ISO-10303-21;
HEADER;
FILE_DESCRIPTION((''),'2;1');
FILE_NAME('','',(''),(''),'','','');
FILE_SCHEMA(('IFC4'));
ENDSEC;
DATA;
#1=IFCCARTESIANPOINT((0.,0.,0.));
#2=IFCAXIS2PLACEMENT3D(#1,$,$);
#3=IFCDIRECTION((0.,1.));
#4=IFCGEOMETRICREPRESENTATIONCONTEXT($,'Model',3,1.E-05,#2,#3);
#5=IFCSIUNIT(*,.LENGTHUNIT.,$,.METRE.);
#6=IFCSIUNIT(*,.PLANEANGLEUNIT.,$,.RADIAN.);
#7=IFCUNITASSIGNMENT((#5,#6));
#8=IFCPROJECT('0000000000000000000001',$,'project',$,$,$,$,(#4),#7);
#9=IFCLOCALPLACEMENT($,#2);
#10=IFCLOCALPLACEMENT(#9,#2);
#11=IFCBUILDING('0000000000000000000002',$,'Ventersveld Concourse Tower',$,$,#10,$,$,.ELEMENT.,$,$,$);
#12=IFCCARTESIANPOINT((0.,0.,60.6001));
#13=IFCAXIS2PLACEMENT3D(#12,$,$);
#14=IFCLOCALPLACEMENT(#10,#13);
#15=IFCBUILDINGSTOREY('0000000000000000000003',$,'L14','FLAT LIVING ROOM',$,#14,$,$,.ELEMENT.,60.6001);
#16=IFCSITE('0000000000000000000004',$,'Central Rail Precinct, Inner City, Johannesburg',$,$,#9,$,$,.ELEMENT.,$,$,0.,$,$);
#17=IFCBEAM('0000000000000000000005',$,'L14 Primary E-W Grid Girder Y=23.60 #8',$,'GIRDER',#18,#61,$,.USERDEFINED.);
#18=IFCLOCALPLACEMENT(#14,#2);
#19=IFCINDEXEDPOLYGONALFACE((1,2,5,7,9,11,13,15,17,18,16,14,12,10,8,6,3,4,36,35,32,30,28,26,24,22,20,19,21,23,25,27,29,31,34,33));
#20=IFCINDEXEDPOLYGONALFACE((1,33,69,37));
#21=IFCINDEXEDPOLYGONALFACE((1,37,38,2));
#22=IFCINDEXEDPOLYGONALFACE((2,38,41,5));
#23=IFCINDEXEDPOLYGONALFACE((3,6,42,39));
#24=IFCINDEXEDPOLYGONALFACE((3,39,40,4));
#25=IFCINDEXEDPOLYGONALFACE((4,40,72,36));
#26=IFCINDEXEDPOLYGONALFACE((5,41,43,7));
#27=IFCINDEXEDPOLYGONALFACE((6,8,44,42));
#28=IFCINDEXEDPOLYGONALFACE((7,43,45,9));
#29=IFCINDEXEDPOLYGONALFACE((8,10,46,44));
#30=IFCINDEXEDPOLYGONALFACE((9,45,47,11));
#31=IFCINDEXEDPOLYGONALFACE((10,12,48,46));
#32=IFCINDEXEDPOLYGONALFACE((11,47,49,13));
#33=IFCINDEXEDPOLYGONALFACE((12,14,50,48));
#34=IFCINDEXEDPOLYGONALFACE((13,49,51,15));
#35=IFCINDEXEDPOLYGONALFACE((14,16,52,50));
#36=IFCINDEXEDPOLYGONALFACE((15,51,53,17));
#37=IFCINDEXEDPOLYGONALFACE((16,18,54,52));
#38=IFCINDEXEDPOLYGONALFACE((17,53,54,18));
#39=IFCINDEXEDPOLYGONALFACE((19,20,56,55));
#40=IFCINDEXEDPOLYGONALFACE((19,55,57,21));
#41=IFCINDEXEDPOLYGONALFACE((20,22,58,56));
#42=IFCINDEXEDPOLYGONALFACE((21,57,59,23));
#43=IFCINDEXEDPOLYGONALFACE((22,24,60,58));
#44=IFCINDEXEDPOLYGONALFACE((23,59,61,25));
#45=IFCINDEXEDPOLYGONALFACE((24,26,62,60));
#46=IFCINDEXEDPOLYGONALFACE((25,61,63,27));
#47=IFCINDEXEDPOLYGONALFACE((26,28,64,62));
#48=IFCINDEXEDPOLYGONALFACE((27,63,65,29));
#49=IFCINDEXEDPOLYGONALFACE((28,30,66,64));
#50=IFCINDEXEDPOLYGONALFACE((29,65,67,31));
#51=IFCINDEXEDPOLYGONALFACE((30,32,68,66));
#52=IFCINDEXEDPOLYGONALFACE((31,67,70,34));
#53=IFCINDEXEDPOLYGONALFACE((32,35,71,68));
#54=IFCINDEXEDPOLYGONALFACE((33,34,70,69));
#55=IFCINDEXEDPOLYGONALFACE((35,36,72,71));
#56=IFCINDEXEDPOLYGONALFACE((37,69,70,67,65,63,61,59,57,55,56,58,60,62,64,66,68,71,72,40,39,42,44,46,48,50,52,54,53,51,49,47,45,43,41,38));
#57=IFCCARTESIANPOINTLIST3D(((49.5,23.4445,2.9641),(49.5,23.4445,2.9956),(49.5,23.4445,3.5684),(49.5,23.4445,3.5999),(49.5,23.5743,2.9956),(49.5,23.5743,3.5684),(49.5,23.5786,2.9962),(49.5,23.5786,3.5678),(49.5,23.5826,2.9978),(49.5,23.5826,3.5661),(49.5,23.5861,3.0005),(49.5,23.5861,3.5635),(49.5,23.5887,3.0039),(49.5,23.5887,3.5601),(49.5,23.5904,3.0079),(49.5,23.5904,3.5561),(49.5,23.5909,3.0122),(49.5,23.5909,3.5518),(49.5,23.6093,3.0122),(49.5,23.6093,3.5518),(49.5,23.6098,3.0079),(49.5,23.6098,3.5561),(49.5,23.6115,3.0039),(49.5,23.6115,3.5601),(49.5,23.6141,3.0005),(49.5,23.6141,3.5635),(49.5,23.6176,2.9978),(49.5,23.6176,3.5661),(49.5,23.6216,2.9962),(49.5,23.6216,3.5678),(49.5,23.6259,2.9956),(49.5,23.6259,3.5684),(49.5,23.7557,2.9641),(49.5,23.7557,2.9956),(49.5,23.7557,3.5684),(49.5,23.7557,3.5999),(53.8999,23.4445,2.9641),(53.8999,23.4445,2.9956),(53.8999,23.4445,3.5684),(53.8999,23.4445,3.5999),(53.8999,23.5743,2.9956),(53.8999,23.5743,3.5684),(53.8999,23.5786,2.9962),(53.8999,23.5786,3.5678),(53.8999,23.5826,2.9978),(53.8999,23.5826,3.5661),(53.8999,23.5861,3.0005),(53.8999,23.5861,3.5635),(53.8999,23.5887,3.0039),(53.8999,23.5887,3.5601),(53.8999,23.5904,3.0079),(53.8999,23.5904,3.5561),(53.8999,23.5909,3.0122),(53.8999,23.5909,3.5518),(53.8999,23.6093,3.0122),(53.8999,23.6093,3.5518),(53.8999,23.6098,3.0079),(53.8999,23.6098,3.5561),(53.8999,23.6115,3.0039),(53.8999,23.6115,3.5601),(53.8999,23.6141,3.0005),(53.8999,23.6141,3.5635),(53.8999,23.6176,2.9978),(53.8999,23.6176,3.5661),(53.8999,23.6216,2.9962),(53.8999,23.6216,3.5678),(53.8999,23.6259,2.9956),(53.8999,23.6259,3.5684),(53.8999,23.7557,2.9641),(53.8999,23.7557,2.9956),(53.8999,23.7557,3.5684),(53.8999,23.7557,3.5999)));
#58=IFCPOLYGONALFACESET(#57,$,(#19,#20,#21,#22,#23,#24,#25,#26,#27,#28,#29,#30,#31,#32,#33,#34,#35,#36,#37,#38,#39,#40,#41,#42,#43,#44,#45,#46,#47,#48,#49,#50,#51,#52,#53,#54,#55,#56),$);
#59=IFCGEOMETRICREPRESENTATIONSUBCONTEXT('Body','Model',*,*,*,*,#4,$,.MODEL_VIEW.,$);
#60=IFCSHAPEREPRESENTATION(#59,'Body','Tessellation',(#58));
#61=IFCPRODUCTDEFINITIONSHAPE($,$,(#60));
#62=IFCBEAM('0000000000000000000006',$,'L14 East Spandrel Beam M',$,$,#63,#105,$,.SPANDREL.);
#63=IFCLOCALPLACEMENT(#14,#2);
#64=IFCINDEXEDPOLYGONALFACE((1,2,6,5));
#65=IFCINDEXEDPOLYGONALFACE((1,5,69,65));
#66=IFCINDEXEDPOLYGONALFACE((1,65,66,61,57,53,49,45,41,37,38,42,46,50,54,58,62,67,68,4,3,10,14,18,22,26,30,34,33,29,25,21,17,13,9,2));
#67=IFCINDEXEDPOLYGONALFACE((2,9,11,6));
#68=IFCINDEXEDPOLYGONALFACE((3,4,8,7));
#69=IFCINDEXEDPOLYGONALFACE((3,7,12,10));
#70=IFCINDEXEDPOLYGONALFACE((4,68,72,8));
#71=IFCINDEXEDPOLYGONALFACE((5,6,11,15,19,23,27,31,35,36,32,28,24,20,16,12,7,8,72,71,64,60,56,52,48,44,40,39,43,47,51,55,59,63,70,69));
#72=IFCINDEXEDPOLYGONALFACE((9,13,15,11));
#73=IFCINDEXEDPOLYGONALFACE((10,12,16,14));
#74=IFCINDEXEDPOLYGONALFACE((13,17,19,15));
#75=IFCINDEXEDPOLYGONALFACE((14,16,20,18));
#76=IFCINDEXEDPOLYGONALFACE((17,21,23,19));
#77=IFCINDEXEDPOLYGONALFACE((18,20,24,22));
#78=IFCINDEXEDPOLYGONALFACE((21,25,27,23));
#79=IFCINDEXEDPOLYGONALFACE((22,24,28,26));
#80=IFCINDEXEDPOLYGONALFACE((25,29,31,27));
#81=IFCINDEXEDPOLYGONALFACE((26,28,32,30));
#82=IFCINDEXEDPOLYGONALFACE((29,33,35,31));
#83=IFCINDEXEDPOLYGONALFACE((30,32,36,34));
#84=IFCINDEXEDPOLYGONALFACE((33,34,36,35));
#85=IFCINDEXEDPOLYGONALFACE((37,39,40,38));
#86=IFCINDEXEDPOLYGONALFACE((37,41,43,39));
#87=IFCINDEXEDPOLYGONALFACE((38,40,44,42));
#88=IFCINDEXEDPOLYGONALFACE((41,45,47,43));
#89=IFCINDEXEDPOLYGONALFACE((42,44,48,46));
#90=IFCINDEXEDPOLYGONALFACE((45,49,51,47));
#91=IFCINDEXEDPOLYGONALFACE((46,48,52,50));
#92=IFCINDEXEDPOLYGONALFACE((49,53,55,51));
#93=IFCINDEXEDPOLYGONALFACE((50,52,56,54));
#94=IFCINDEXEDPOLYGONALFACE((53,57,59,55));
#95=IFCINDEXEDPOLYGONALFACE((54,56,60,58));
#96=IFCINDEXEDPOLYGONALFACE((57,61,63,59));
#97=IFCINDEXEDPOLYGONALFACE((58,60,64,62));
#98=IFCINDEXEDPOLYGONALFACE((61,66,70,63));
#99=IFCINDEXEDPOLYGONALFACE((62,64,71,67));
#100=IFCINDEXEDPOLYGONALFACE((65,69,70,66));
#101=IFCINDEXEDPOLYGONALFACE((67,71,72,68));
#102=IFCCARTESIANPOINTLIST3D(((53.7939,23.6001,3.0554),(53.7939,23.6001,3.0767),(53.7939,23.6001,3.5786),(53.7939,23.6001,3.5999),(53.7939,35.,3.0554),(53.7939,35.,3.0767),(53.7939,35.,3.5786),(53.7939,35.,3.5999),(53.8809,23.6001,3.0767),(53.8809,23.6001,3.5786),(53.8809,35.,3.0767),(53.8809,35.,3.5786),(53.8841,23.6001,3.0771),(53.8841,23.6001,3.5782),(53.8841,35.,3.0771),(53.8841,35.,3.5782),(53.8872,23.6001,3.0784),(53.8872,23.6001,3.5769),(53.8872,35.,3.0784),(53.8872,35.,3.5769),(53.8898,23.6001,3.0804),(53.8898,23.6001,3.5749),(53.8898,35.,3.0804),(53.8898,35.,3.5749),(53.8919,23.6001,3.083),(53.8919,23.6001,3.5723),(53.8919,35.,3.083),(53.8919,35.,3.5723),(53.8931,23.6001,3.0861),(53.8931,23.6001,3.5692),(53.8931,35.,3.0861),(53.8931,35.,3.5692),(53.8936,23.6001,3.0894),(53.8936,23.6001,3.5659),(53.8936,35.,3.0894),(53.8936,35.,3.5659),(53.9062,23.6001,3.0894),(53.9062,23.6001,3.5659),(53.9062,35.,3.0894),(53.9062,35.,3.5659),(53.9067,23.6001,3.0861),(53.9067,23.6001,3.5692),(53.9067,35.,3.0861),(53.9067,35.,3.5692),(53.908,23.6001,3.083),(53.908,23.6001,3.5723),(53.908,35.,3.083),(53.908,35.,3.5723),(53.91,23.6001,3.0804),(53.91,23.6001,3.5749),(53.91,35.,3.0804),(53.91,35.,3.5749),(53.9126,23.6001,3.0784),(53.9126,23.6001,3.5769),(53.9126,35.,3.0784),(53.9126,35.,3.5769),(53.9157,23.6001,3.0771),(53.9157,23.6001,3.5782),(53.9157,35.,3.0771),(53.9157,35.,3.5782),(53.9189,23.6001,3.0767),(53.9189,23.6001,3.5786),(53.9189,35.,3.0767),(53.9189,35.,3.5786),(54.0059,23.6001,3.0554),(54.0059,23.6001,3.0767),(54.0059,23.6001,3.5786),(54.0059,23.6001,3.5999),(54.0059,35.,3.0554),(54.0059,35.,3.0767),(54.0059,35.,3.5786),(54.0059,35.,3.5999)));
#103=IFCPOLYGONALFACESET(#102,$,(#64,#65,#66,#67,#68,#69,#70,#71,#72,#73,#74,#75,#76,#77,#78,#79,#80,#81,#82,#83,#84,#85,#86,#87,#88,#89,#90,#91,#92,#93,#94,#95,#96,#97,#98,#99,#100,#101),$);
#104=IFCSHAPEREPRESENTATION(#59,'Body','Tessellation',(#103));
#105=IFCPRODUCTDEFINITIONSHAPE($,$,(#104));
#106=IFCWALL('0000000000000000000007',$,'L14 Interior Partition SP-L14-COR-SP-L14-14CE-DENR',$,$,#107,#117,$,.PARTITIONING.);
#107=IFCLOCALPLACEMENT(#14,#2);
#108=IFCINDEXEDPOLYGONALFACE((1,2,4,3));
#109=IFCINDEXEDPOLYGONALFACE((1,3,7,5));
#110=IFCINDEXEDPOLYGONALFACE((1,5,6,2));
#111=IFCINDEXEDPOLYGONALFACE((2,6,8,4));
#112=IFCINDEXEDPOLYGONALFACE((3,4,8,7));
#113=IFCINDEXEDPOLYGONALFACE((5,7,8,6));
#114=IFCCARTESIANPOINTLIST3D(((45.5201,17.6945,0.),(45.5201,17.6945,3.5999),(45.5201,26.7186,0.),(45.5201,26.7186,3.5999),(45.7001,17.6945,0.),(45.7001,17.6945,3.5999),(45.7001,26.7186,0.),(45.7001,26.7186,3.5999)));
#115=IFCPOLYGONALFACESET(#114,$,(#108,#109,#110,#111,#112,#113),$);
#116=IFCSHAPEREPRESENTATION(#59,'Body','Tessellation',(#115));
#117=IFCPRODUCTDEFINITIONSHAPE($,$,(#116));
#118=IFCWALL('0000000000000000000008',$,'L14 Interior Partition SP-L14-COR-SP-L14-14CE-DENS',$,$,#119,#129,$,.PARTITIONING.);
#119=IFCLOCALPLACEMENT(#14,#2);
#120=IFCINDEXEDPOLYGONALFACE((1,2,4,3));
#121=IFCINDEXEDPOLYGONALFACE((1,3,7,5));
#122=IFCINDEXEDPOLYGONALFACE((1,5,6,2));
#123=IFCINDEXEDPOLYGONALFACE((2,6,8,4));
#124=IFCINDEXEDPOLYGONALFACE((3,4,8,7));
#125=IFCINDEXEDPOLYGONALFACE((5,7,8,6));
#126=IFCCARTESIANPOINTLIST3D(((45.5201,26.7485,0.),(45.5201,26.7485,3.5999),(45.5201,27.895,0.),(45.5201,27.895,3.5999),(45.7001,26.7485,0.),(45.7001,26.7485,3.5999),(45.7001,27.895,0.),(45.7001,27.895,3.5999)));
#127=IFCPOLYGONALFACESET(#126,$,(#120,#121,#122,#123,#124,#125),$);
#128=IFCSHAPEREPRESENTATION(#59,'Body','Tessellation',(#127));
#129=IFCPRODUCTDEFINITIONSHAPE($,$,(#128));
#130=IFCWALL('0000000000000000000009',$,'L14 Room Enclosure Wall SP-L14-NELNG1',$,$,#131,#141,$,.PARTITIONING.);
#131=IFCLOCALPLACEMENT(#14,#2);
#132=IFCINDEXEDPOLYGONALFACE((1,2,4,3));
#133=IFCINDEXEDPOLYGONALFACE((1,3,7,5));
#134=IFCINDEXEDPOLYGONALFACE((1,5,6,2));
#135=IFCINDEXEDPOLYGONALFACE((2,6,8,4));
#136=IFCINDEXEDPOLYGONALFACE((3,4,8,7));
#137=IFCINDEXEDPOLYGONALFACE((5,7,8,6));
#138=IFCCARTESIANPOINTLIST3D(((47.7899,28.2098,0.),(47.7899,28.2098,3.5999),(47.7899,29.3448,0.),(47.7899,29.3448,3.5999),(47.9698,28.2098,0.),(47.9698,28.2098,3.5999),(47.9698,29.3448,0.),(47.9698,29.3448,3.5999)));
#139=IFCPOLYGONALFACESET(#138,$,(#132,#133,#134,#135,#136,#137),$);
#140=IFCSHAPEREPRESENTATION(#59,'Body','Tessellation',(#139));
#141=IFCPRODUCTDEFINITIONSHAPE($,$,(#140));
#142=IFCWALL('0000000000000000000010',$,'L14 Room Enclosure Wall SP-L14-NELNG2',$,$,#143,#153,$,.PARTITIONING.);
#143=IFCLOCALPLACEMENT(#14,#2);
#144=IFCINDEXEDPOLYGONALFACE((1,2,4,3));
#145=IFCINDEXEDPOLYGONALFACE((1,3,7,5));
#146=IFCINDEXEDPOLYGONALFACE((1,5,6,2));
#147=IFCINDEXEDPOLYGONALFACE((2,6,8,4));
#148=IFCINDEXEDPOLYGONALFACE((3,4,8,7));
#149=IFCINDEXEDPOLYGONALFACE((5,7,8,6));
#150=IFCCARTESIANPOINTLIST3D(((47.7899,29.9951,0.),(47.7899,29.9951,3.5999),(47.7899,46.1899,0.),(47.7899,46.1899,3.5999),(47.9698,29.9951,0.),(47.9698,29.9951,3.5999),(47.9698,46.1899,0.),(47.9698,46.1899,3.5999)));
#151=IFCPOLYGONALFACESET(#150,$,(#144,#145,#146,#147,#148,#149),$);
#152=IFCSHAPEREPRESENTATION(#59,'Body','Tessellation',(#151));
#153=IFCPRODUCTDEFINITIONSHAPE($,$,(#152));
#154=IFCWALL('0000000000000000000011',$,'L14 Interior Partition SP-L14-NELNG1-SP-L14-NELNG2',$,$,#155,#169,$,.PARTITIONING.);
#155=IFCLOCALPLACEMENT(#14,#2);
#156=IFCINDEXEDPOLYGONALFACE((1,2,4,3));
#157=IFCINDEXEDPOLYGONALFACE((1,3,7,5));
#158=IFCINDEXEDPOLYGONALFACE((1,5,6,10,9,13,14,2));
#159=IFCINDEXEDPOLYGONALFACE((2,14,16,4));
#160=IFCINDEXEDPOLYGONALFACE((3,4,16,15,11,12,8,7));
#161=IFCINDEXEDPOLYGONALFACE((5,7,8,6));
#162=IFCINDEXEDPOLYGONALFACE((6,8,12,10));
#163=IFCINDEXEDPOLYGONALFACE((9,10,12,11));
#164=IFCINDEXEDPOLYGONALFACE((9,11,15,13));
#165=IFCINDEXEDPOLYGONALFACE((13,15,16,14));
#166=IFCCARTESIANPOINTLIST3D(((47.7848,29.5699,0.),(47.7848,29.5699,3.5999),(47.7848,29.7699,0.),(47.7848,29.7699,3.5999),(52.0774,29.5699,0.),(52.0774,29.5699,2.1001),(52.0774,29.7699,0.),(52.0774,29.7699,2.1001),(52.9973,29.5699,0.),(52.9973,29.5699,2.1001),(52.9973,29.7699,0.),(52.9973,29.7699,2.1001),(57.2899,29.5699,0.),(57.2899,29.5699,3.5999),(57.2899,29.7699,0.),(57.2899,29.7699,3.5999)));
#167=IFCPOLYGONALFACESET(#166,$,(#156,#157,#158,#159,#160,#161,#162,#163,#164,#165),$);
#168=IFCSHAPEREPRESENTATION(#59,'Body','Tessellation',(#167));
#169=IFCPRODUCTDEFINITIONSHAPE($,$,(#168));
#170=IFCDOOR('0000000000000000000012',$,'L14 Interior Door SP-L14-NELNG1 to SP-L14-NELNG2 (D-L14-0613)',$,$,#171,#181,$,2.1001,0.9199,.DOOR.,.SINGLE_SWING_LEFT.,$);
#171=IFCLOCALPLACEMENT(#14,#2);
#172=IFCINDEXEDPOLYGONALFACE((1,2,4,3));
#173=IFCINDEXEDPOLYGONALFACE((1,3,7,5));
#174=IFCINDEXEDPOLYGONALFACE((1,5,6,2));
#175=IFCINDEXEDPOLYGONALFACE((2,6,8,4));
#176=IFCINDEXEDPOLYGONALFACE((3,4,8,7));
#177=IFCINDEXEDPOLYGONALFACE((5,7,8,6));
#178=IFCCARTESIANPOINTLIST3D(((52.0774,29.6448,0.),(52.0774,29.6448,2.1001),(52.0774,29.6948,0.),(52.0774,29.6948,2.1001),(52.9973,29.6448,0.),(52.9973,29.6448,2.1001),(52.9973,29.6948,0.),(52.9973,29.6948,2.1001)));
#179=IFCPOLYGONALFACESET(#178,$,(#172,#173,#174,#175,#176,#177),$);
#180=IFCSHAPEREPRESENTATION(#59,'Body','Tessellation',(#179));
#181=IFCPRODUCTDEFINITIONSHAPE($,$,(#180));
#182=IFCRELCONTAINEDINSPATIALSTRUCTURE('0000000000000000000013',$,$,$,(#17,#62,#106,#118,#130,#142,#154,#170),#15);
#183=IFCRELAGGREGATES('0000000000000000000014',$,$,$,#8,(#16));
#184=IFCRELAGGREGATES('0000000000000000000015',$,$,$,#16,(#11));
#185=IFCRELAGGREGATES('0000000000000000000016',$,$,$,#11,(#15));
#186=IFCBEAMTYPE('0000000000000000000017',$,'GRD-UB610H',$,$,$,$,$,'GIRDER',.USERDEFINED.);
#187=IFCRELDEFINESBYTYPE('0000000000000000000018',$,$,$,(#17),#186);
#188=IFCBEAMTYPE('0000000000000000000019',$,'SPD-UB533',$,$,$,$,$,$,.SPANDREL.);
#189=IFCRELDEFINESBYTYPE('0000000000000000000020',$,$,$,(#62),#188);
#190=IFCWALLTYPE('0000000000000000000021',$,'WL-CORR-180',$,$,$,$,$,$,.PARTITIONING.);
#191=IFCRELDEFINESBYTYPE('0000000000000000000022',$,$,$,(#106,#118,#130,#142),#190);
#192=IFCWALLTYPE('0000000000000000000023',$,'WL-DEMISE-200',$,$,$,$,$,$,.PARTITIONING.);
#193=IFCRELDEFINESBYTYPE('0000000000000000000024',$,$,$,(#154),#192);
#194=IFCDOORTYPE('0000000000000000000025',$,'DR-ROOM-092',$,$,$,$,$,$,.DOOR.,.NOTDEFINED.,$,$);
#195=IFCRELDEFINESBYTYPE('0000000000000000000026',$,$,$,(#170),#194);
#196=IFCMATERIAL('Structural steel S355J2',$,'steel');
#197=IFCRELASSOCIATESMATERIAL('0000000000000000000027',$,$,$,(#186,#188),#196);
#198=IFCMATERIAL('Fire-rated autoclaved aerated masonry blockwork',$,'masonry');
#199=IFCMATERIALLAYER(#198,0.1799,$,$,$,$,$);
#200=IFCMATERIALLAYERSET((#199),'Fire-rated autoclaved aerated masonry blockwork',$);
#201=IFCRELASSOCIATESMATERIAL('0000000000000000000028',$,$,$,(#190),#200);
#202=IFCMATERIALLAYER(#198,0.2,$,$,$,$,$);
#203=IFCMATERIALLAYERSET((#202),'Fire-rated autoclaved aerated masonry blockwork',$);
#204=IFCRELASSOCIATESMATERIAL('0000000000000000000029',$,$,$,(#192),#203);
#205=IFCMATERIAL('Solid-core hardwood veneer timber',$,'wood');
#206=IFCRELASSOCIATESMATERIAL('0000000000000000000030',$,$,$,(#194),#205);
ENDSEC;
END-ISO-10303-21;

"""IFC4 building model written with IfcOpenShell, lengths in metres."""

from ifc_helpers import new_model, si_unit, direction, frame, frame_2d, origin, origin_2d, place, context, subcontext, project, spatial, rectangle, i_section, extrude, material, layer, layer_set, material_profile, profile_set, type_object, element, fill, save


model = new_model("IFC4")

# Units and contexts
model_context = context("Model", 3, precision=1e-05, world=origin(), true_north=direction((0.0, 1.0)))
body_context = subcontext(model_context, "Body", "Model", "MODEL_VIEW")
ifc_project = project(units=[si_unit("LENGTHUNIT", "METRE"), si_unit("PLANEANGLEUNIT", "RADIAN")], contexts=[model_context])

# Site, building, storey
site_placement = place(None, origin())
site = spatial("IfcSite", under=ifc_project, at=site_placement, Name="Central Rail Precinct, Inner City, Johannesburg", CompositionType="ELEMENT", RefElevation=0.0)
building_placement = place(site_placement, origin())
building = spatial("IfcBuilding", under=site, at=building_placement, Name="Ventersveld Concourse Tower", CompositionType="ELEMENT")
storey_placement = place(building_placement, frame((0.0, 0.0, 60.6001)))
storey = spatial("IfcBuildingStorey", under=building, at=storey_placement, Name="L14", Description="FLAT LIVING ROOM", CompositionType="ELEMENT", Elevation=60.6001)

# Beams
ifc_material_1 = material(Name="Structural steel S355J2", Category="steel")
ifc_material_profile_1 = material_profile(ifc_material_1, i_section(OverallWidth=0.3113, OverallDepth=0.6357, WebThickness=0.0183, FlangeThickness=0.0315, FilletRadius=0.0166, at=origin_2d()), Name="UB 610x305x238")
ifc_profile_set_1 = profile_set([ifc_material_profile_1], Name="Structural steel S355J2")
beam_type_1 = type_object("IfcBeamType", Name="GRD-UB610H", ElementType="GIRDER", PredefinedType="USERDEFINED", material=ifc_profile_set_1)
beam_1_placement = place(storey_placement, frame((49.5, 23.6001, 3.282), z_axis=(1.0, 0.0, 0.0), x_axis=(0.0, 1.0, 0.0)))
element("IfcBeam", 1, at=beam_1_placement, inside=storey, type_object=beam_type_1, Name="L14 Primary E-W Grid Girder Y=23.60 #8", ObjectType="GIRDER", PredefinedType="USERDEFINED", context=body_context, shape_type="SweptSolid", body=[
    extrude(i_section(OverallWidth=0.3113, OverallDepth=0.6357, WebThickness=0.0183, FlangeThickness=0.0315, FilletRadius=0.0166, at=origin_2d()), origin(), (0.0, 0.0, 1.0), 4.3999),
])
ifc_material_profile_2 = material_profile(ifc_material_1, i_section(OverallWidth=0.2119, OverallDepth=0.5444, WebThickness=0.0127, FlangeThickness=0.0212, FilletRadius=0.0127, at=origin_2d()), Name="UB 533x210x122")
ifc_profile_set_2 = profile_set([ifc_material_profile_2], Name="Structural steel S355J2")
beam_type_2 = type_object("IfcBeamType", Name="SPD-UB533", PredefinedType="SPANDREL", material=ifc_profile_set_2)
beam_2_placement = place(storey_placement, frame((53.8999, 23.6001, 3.3276), z_axis=(0.0, 1.0, 0.0), x_axis=(-1.0, 0.0, 0.0)))
element("IfcBeam", 2, at=beam_2_placement, inside=storey, type_object=beam_type_2, Name="L14 East Spandrel Beam M", PredefinedType="SPANDREL", context=body_context, shape_type="SweptSolid", body=[
    extrude(i_section(OverallWidth=0.2119, OverallDepth=0.5444, WebThickness=0.0127, FlangeThickness=0.0212, FilletRadius=0.0127, at=origin_2d()), origin(), (0.0, 0.0, 1.0), 11.3999),
])

# Walls
ifc_material_2 = material(Name="Fire-rated autoclaved aerated masonry blockwork", Category="masonry")
ifc_layer_1 = layer(ifc_material_2, 0.1799)
ifc_layer_set_1 = layer_set([ifc_layer_1], Name="Fire-rated autoclaved aerated masonry blockwork")
wall_type_1 = type_object("IfcWallType", Name="WL-CORR-180", PredefinedType="PARTITIONING", material=ifc_layer_set_1)
wall_1_placement = place(storey_placement, frame((45.6101, 17.6943, 0.0), z_axis=(0.0, 0.0, 1.0), x_axis=(0.0, 1.0, 0.0)))
element("IfcWall", 3, at=wall_1_placement, inside=storey, type_object=wall_type_1, Name="L14 Interior Partition SP-L14-COR-SP-L14-14CE-DENR", PredefinedType="PARTITIONING", context=body_context, shape_type="SweptSolid", body=[
    extrude(rectangle(XDim=9.0242, YDim=0.1799, at=frame_2d((4.5122, 0.0))), origin(), (0.0, 0.0, 1.0), 3.5999),
])
wall_2_placement = place(storey_placement, frame((45.6101, 26.7485, 0.0), z_axis=(0.0, 0.0, 1.0), x_axis=(0.0, 1.0, 0.0)))
element("IfcWall", 4, at=wall_2_placement, inside=storey, type_object=wall_type_1, Name="L14 Interior Partition SP-L14-COR-SP-L14-14CE-DENS", PredefinedType="PARTITIONING", context=body_context, shape_type="SweptSolid", body=[
    extrude(rectangle(XDim=1.1465, YDim=0.1799, at=frame_2d((0.5732, 0.0))), origin(), (0.0, 0.0, 1.0), 3.5999),
])
wall_3_placement = place(storey_placement, frame((47.8799, 28.21, 0.0), z_axis=(0.0, 0.0, 1.0), x_axis=(0.0, 1.0, 0.0)))
element("IfcWall", 5, at=wall_3_placement, inside=storey, type_object=wall_type_1, Name="L14 Room Enclosure Wall SP-L14-NELNG1", PredefinedType="PARTITIONING", context=body_context, shape_type="SweptSolid", body=[
    extrude(rectangle(XDim=1.135, YDim=0.1799, at=frame_2d((0.5674, 0.0))), origin(), (0.0, 0.0, 1.0), 3.5999),
])
wall_4_placement = place(storey_placement, frame((47.8799, 29.9951, 0.0), z_axis=(0.0, 0.0, 1.0), x_axis=(0.0, 1.0, 0.0)))
element("IfcWall", 6, at=wall_4_placement, inside=storey, type_object=wall_type_1, Name="L14 Room Enclosure Wall SP-L14-NELNG2", PredefinedType="PARTITIONING", context=body_context, shape_type="SweptSolid", body=[
    extrude(rectangle(XDim=16.1948, YDim=0.1799, at=frame_2d((8.0974, 0.0))), origin(), (0.0, 0.0, 1.0), 3.5999),
])

# Wall, opening, door
ifc_layer_2 = layer(ifc_material_2, 0.2)
ifc_layer_set_2 = layer_set([ifc_layer_2], Name="Fire-rated autoclaved aerated masonry blockwork")
wall_type_2 = type_object("IfcWallType", Name="WL-DEMISE-200", PredefinedType="PARTITIONING", material=ifc_layer_set_2)
wall_5_placement = place(storey_placement, frame((47.7849, 29.6699, 0.0), z_axis=(0.0, 0.0, 1.0), x_axis=(1.0, 0.0, 0.0)))
wall_5 = element("IfcWall", 7, at=wall_5_placement, inside=storey, type_object=wall_type_2, Name="L14 Interior Partition SP-L14-NELNG1-SP-L14-NELNG2", PredefinedType="PARTITIONING", context=body_context, shape_type="SweptSolid", body=[
    extrude(rectangle(XDim=9.5051, YDim=0.2, at=frame_2d((4.7524, 0.0))), origin(), (0.0, 0.0, 1.0), 3.5999),
])
opening_1_placement = place(wall_5_placement, frame((4.2925, 0.0, 0.0)))
opening_1 = element("IfcOpeningElement", 8, at=opening_1_placement, cuts=wall_5, PredefinedType="OPENING", context=body_context, shape_type="SweptSolid", body=[
    extrude(rectangle(XDim=0.9199, YDim=2.1001, at=frame_2d((0.46, 1.05))), frame((0.0, 0.1099, 0.0), z_axis=(0.0, -1.0, 0.0), x_axis=(1.0, 0.0, 0.0)), (0.0, 0.0, 1.0), 0.22),
])
ifc_material_3 = material(Name="Solid-core hardwood veneer timber", Category="wood")
door_type = type_object("IfcDoorType", Name="DR-ROOM-092", OperationType="NOTDEFINED", PredefinedType="DOOR", material=ifc_material_3)
door_1_placement = place(opening_1_placement, origin())
door_1 = element("IfcDoor", 9, at=door_1_placement, inside=storey, type_object=door_type, Name="L14 Interior Door SP-L14-NELNG1 to SP-L14-NELNG2 (D-L14-0613)", OperationType="SINGLE_SWING_LEFT", OverallHeight=2.1001, OverallWidth=0.9199, PredefinedType="DOOR", context=body_context, shape_type="SweptSolid", body=[
    extrude(rectangle(XDim=0.9199, YDim=2.1001, at=frame_2d((0.46, 1.05))), frame((0.0, 0.0249, 0.0), z_axis=(0.0, -1.0, 0.0), x_axis=(1.0, 0.0, 0.0)), (0.0, 0.0, 1.0), 0.05),
])
fill(opening_1, door_1)

save(model, "model.ifc")
